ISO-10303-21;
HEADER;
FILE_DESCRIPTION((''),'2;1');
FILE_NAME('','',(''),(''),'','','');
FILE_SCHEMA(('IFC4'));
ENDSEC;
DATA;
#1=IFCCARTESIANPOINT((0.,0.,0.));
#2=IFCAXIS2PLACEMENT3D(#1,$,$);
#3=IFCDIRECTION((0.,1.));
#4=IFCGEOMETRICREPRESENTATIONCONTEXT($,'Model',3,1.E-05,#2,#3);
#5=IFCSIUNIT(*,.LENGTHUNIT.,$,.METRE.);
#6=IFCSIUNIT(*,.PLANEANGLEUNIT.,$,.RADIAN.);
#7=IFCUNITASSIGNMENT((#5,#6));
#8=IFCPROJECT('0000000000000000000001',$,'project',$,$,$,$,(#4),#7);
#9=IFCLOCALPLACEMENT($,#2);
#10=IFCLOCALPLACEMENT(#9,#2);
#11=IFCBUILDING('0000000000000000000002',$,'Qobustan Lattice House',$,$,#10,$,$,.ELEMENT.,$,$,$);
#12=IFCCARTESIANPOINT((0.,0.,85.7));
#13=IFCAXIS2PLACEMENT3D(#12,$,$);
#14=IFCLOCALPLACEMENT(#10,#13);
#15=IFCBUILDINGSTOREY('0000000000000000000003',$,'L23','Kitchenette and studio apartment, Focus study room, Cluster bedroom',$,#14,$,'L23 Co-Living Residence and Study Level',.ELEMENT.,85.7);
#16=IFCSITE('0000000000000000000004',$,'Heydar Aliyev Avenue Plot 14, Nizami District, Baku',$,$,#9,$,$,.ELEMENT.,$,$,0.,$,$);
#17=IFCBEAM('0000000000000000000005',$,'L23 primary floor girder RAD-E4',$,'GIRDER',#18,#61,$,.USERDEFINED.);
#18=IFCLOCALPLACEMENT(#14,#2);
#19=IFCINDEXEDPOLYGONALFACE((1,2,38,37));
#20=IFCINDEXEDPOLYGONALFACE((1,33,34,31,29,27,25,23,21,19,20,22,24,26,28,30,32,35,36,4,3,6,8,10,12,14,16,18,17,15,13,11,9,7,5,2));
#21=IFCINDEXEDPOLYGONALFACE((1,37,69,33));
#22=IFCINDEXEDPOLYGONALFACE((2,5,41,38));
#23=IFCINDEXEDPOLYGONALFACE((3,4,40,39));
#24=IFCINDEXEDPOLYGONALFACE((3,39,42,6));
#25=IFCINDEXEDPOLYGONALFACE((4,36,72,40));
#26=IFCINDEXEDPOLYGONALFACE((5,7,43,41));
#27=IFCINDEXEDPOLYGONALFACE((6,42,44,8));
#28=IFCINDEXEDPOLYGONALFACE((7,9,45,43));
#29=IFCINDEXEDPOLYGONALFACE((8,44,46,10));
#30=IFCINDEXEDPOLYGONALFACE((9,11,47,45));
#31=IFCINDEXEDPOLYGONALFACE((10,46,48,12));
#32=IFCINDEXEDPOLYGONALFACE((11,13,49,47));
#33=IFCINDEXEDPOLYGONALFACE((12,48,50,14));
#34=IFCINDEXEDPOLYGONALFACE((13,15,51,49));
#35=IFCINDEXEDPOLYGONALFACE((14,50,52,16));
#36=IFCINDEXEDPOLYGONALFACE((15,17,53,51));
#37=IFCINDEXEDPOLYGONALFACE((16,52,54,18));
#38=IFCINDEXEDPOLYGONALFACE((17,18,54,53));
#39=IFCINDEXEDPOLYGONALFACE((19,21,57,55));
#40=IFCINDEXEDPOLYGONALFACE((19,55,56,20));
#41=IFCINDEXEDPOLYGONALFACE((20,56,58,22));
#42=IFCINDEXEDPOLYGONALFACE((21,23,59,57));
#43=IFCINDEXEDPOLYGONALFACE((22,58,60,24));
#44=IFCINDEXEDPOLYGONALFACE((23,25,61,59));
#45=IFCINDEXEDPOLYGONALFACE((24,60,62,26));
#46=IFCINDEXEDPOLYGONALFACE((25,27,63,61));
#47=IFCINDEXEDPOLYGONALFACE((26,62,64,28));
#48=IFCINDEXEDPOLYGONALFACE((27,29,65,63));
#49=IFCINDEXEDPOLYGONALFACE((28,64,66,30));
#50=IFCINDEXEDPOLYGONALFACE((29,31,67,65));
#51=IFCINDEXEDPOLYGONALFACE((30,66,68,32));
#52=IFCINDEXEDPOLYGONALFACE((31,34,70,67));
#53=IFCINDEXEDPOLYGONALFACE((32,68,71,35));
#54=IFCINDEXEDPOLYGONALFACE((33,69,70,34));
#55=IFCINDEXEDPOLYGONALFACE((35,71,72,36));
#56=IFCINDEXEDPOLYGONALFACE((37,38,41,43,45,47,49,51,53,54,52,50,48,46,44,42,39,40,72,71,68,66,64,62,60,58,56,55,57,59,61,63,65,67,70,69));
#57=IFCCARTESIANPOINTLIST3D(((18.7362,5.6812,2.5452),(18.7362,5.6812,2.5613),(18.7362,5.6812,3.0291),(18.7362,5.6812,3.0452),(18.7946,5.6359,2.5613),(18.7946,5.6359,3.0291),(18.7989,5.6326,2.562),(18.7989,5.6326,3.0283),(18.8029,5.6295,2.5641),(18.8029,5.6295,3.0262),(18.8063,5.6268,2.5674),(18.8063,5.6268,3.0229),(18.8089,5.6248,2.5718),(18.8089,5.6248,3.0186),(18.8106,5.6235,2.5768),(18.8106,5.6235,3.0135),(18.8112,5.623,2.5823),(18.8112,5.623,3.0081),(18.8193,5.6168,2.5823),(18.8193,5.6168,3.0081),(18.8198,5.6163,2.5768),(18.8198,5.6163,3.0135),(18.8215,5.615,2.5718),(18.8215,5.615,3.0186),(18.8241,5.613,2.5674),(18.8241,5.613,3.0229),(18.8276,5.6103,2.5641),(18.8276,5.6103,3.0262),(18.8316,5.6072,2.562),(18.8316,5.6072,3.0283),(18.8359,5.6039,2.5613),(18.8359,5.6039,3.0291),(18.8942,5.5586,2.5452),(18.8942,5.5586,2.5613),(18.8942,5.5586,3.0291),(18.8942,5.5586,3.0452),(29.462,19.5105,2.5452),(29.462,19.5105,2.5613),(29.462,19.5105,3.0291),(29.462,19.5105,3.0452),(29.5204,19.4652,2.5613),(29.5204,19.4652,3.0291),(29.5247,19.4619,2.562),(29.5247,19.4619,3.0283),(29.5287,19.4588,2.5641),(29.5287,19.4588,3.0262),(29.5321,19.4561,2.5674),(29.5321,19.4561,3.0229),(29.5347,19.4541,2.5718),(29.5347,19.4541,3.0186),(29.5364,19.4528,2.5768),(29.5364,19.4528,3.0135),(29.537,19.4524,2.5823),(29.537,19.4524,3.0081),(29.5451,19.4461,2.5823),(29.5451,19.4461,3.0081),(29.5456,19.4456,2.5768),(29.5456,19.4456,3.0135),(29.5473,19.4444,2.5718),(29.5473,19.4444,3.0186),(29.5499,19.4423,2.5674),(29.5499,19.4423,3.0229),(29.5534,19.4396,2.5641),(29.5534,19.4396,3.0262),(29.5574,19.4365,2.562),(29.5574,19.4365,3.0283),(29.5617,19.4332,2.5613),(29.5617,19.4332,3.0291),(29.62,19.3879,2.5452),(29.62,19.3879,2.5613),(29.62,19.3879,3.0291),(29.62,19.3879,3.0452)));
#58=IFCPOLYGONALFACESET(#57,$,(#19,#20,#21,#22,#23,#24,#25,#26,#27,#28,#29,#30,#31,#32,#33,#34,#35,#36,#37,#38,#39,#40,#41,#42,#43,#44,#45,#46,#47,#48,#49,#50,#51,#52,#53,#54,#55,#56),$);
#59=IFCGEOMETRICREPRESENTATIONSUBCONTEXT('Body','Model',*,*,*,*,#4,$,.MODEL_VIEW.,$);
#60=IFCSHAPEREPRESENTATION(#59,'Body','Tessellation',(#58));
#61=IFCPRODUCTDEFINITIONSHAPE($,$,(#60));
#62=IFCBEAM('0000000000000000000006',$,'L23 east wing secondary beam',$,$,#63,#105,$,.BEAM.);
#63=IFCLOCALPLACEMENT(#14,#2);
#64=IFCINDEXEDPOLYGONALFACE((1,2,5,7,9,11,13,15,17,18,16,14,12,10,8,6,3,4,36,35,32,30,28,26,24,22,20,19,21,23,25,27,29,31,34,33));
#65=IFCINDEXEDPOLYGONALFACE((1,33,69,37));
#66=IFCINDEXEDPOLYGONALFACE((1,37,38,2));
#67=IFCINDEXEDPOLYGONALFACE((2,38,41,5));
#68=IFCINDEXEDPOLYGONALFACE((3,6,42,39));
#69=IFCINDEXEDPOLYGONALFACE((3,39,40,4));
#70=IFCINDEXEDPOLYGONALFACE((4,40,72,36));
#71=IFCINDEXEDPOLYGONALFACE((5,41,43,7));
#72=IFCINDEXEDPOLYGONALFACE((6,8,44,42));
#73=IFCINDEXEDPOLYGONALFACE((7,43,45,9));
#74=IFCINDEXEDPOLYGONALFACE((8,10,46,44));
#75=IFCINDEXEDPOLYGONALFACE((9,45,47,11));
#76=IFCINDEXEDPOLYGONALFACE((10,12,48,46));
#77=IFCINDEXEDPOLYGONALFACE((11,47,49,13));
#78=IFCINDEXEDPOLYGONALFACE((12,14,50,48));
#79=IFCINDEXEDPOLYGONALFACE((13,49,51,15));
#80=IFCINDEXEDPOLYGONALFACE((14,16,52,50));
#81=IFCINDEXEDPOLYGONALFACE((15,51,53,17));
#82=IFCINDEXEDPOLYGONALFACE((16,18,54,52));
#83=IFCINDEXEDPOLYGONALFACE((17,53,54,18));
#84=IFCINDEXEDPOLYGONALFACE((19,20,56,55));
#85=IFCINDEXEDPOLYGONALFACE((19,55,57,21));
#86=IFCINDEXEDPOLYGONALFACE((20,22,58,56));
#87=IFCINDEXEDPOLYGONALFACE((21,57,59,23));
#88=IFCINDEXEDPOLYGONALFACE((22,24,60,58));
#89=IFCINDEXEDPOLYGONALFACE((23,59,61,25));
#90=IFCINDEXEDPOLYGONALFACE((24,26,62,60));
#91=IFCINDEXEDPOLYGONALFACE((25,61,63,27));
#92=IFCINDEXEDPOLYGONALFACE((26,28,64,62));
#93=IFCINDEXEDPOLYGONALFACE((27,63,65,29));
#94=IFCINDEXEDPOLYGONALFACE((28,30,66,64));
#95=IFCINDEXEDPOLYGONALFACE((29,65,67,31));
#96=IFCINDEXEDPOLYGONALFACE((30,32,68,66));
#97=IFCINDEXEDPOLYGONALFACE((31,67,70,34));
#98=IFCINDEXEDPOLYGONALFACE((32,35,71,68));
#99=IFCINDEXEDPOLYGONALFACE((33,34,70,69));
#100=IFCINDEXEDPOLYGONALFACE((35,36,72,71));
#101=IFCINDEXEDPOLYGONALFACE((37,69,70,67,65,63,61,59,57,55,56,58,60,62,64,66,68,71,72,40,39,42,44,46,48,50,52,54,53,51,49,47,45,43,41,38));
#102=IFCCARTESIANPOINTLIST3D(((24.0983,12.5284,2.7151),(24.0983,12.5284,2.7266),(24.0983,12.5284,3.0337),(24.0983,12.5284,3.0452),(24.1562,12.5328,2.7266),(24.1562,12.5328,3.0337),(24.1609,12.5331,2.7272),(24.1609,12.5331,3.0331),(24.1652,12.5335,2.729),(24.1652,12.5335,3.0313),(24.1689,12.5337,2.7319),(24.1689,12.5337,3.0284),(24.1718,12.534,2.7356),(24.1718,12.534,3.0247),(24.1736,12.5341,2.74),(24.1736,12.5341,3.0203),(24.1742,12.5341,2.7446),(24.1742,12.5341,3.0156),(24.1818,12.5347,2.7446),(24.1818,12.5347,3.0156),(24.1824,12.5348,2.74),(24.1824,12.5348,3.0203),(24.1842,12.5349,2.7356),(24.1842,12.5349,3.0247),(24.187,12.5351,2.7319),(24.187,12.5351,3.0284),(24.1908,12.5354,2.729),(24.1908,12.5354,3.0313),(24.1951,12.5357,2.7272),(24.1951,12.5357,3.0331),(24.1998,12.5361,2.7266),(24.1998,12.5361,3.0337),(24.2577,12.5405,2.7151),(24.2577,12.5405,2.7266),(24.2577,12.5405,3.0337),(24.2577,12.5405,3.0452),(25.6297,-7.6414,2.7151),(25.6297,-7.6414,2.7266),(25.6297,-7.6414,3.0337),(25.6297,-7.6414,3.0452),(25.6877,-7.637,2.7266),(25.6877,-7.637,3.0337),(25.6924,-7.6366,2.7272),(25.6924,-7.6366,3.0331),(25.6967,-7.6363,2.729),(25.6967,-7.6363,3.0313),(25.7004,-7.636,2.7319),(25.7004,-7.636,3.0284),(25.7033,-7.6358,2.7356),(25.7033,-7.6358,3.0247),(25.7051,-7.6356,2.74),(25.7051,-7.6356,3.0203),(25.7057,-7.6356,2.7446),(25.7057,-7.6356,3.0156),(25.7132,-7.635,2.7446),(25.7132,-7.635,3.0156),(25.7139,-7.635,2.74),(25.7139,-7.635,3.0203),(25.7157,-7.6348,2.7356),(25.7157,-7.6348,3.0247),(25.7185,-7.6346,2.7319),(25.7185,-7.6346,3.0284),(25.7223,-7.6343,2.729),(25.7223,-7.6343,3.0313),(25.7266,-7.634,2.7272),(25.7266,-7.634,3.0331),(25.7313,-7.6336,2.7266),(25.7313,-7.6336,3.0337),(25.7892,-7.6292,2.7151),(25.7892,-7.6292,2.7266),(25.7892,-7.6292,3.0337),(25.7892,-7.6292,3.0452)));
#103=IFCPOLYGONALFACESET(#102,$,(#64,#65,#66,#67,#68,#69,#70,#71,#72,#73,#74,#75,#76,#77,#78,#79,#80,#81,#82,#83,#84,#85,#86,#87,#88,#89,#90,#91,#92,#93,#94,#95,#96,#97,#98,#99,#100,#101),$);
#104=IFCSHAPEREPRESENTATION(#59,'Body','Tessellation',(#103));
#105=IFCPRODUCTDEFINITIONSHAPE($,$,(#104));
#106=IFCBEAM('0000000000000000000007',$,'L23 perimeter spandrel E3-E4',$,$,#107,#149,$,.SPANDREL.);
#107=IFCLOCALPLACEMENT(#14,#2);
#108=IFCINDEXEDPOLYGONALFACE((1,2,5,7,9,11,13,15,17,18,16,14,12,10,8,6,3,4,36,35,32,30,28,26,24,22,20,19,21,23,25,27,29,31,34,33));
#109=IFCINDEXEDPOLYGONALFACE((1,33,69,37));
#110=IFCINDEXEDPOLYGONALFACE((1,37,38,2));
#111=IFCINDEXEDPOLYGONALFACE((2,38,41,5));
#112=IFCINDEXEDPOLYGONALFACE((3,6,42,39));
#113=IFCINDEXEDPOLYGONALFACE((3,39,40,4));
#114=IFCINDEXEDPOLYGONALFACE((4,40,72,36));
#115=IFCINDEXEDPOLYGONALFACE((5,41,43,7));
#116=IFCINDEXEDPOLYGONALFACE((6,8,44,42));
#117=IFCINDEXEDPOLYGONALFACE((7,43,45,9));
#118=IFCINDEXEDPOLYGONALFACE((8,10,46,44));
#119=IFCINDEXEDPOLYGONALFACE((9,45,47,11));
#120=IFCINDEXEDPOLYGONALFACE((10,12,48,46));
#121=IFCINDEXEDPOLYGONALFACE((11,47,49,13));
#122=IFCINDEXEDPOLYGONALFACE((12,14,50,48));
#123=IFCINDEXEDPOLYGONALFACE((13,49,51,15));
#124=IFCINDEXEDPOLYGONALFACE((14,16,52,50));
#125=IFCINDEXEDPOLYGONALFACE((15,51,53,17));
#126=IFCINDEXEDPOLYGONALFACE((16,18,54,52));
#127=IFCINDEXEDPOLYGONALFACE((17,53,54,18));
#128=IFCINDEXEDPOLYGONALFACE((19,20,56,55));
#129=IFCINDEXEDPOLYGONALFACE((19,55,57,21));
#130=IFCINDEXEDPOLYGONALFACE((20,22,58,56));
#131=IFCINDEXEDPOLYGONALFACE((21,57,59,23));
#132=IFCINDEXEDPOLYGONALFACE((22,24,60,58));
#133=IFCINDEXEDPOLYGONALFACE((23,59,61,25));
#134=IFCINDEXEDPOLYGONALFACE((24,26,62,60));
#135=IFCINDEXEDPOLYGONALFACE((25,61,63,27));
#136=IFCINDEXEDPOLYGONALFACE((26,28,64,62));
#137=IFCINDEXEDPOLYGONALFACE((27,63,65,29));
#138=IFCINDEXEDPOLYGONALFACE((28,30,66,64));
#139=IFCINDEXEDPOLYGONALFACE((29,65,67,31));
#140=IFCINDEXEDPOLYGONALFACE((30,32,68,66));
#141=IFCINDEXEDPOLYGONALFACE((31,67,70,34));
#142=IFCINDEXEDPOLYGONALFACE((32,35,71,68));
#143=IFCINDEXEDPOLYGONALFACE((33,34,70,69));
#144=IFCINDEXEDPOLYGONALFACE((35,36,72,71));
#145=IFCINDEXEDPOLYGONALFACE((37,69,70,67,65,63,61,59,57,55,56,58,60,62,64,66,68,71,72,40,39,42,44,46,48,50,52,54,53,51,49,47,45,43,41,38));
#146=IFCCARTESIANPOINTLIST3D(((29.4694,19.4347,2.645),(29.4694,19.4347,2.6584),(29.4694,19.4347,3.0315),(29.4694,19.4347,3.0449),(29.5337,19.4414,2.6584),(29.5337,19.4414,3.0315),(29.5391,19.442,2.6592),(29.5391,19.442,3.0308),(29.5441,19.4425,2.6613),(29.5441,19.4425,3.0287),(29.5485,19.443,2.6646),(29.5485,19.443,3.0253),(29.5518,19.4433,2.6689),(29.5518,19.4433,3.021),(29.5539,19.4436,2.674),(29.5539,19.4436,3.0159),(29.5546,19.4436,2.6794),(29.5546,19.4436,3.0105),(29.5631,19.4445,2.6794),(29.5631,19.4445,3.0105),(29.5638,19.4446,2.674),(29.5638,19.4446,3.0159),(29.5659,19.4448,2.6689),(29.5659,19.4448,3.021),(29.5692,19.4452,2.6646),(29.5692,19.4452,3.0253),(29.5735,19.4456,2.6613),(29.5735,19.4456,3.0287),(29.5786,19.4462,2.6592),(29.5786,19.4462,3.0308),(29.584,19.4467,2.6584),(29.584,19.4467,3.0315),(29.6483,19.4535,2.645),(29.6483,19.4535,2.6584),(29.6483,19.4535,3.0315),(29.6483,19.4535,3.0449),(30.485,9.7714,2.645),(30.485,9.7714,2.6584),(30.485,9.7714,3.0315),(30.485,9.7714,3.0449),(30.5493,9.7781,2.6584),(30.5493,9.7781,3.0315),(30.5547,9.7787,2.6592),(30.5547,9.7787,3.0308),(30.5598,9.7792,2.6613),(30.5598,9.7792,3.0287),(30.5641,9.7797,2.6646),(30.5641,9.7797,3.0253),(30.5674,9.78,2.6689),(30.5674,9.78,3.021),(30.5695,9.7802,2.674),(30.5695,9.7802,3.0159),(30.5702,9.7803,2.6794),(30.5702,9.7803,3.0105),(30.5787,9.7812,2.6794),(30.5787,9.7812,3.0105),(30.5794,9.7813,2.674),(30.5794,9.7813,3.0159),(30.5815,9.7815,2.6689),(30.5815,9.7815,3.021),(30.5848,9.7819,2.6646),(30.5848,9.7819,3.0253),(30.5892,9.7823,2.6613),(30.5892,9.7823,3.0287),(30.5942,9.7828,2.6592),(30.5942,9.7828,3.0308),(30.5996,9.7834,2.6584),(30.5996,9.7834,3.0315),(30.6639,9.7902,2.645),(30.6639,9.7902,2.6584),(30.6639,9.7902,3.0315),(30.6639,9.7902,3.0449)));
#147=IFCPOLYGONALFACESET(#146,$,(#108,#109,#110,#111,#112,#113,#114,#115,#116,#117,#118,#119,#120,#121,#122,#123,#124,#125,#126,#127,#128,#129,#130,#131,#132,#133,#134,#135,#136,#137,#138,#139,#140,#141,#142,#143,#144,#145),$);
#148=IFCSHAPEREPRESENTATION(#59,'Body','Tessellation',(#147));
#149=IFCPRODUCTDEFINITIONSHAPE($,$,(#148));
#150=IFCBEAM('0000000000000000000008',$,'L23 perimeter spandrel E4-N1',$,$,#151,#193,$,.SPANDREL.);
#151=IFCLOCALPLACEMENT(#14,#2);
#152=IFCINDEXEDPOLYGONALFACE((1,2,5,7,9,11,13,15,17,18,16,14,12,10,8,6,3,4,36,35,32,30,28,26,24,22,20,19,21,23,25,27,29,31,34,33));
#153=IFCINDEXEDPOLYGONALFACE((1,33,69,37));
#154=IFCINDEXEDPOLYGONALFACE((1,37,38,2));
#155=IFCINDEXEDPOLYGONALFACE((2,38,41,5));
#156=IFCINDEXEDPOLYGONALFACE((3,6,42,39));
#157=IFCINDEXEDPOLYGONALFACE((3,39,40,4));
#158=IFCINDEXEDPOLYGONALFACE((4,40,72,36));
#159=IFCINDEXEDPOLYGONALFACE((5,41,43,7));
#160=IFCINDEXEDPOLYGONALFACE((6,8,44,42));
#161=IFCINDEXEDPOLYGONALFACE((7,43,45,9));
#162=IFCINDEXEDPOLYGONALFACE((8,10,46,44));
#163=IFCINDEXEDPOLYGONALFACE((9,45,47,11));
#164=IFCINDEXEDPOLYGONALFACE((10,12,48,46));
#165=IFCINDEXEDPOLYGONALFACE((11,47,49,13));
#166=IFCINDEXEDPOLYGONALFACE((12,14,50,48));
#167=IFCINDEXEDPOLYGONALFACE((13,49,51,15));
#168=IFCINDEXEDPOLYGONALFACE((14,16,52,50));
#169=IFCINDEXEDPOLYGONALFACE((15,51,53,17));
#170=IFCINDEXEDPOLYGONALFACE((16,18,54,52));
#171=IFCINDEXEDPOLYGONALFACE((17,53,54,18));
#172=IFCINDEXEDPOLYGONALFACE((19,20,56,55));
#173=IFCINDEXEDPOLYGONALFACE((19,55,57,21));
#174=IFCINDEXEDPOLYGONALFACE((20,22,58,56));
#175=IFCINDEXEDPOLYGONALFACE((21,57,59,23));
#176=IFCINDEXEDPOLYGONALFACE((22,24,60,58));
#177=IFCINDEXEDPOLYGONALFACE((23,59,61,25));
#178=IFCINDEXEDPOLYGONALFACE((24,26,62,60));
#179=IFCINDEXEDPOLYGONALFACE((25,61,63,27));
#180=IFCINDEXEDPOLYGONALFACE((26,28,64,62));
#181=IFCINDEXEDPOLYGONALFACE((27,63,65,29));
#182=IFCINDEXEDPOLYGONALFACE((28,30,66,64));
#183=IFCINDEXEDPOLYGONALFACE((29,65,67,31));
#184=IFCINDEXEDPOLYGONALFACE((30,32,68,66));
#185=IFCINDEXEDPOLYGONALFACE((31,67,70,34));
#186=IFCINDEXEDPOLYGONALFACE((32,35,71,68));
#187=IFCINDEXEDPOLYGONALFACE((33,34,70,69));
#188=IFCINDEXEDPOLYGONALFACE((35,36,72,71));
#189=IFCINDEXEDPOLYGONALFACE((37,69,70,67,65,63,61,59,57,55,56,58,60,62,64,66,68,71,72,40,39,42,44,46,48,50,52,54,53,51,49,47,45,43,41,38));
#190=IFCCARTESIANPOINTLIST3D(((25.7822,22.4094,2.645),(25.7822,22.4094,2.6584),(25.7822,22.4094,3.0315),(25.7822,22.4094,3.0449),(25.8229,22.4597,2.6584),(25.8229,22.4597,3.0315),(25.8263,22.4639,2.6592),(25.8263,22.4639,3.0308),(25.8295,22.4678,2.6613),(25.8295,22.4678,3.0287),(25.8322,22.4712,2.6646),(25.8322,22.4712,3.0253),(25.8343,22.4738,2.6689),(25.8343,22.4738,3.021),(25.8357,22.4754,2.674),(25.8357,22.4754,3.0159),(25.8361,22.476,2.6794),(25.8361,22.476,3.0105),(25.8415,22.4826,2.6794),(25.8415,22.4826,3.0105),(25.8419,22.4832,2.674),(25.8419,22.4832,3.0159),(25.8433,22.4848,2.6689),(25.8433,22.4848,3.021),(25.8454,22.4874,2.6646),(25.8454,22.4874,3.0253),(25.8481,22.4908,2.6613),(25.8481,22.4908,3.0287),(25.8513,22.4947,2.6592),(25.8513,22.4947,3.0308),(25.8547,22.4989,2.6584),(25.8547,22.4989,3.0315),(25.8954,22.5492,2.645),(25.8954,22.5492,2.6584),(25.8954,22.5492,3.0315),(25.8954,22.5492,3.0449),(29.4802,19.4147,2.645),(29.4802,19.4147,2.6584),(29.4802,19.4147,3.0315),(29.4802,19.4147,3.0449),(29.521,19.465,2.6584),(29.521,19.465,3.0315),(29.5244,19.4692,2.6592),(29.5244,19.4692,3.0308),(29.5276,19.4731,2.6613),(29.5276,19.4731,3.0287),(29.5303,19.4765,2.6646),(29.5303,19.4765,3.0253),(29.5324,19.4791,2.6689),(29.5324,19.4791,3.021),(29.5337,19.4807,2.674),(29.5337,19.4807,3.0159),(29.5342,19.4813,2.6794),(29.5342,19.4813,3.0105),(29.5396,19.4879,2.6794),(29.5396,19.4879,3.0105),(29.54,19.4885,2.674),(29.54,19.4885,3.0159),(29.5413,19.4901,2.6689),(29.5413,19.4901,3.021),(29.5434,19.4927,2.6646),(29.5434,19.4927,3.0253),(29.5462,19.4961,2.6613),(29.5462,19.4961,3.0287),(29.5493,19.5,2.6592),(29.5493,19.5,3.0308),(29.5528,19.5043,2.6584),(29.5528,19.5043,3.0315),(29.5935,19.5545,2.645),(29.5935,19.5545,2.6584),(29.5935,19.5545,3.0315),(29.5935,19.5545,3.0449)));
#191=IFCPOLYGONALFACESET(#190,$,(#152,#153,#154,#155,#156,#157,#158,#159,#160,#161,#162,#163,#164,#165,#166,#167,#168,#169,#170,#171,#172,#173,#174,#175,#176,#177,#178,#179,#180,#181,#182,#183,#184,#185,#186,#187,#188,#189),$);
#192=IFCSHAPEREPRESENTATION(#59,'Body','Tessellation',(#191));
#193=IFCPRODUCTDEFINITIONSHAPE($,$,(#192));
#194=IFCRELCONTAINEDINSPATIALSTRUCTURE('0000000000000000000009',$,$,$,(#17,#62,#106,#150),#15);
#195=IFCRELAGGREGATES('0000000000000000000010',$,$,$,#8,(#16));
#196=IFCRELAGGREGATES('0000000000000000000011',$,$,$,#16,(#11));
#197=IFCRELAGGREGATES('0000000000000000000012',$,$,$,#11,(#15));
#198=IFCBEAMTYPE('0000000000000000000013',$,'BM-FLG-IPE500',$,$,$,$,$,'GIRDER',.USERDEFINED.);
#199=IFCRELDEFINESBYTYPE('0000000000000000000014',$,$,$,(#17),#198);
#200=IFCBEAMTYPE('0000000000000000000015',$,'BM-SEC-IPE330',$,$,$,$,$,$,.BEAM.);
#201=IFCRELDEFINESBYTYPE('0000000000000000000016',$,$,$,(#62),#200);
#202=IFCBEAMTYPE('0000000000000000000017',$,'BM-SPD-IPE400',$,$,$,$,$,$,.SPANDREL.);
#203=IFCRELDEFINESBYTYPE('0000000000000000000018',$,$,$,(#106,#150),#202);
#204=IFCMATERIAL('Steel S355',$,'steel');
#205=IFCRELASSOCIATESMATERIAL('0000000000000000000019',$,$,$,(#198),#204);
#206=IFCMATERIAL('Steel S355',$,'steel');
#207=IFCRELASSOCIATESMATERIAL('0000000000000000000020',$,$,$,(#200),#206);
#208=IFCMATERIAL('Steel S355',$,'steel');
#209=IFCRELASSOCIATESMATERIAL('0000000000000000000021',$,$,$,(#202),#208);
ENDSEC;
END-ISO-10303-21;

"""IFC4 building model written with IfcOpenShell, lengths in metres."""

from ifc_helpers import new_model, si_unit, direction, frame, origin, origin_2d, place, context, subcontext, project, spatial, i_section, extrude, material, material_profile, profile_set, type_object, element, save


model = new_model("IFC4")

# Units and contexts
model_context = context("Model", 3, precision=1e-05, world=origin(), true_north=direction((0.0, 1.0)))
body_context = subcontext(model_context, "Body", "Model", "MODEL_VIEW")
ifc_project = project(units=[si_unit("LENGTHUNIT", "METRE"), si_unit("PLANEANGLEUNIT", "RADIAN")], contexts=[model_context])

# Site, building, storey
site_placement = place(None, origin())
site = spatial("IfcSite", under=ifc_project, at=site_placement, Name="Heydar Aliyev Avenue Plot 14, Nizami District, Baku", CompositionType="ELEMENT", RefElevation=0.0)
building_placement = place(site_placement, origin())
building = spatial("IfcBuilding", under=site, at=building_placement, Name="Qobustan Lattice House", CompositionType="ELEMENT")
storey_placement = place(building_placement, frame((0.0, 0.0, 85.7)))
storey = spatial("IfcBuildingStorey", under=building, at=storey_placement, Name="L23", Description="Kitchenette and studio apartment, Focus study room, Cluster bedroom", LongName="L23 Co-Living Residence and Study Level", CompositionType="ELEMENT", Elevation=85.7)

# Beams
ifc_material_1 = material(Name="Steel S355", Category="steel")
ifc_material_profile_1 = material_profile(ifc_material_1, i_section(OverallWidth=0.2, OverallDepth=0.5, WebThickness=0.0103, FlangeThickness=0.0161, FilletRadius=0.021, at=origin_2d()), Name="IPE500")
ifc_profile_set_1 = profile_set([ifc_material_profile_1], Name="Steel S355")
beam_type_1 = type_object("IfcBeamType", Name="BM-FLG-IPE500", ElementType="GIRDER", PredefinedType="USERDEFINED", material=ifc_profile_set_1)
beam_1_placement = place(storey_placement, frame((29.541, 19.4492, 2.7952), z_axis=(-0.61286, -0.790191, 0.0), x_axis=(0.790191, -0.61286, 0.0)))
element("IfcBeam", 1, at=beam_1_placement, inside=storey, type_object=beam_type_1, Name="L23 primary floor girder RAD-E4", ObjectType="GIRDER", PredefinedType="USERDEFINED", context=body_context, shape_type="SweptSolid", body=[
    extrude(i_section(OverallWidth=0.2, OverallDepth=0.5, WebThickness=0.0103, FlangeThickness=0.0161, FilletRadius=0.021, at=origin_2d()), origin(), (0.0, 0.0, 1.0), 17.5012),
])
ifc_material_2 = material(Name="Steel S355", Category="steel")
ifc_material_profile_2 = material_profile(ifc_material_2, i_section(OverallWidth=0.1599, OverallDepth=0.3301, WebThickness=0.0076, FlangeThickness=0.0115, FilletRadius=0.0181, at=origin_2d()), Name="IPE330")
ifc_profile_set_2 = profile_set([ifc_material_profile_2], Name="Steel S355")
beam_type_2 = type_object("IfcBeamType", Name="BM-SEC-IPE330", PredefinedType="BEAM", material=ifc_profile_set_2)
beam_2_placement = place(storey_placement, frame((24.178, 12.5344, 2.8801), z_axis=(0.075713, -0.99713, 0.0), x_axis=(0.99713, 0.075713, 0.0)))
element("IfcBeam", 2, at=beam_2_placement, inside=storey, type_object=beam_type_2, Name="L23 east wing secondary beam", PredefinedType="BEAM", context=body_context, shape_type="SweptSolid", body=[
    extrude(i_section(OverallWidth=0.1599, OverallDepth=0.3301, WebThickness=0.0076, FlangeThickness=0.0115, FilletRadius=0.0181, at=origin_2d()), origin(), (0.0, 0.0, 1.0), 20.2278),
])
ifc_material_3 = material(Name="Steel S355", Category="steel")
ifc_material_profile_3 = material_profile(ifc_material_3, i_section(OverallWidth=0.1799, OverallDepth=0.3999, WebThickness=0.0085, FlangeThickness=0.0134, FilletRadius=0.021, at=origin_2d()), Name="IPE400")
ifc_profile_set_3 = profile_set([ifc_material_profile_3], Name="Steel S355")
beam_type_3 = type_object("IfcBeamType", Name="BM-SPD-IPE400", PredefinedType="SPANDREL", material=ifc_profile_set_3)
beam_3_placement = place(storey_placement, frame((30.5745, 9.7808, 2.845), z_axis=(-0.104525, 0.994522, 0.0), x_axis=(-0.994522, -0.104525, 0.0)))
element("IfcBeam", 3, at=beam_3_placement, inside=storey, type_object=beam_type_3, Name="L23 perimeter spandrel E3-E4", PredefinedType="SPANDREL", context=body_context, shape_type="SweptSolid", body=[
    extrude(i_section(OverallWidth=0.1799, OverallDepth=0.3999, WebThickness=0.0085, FlangeThickness=0.0134, FilletRadius=0.021, at=origin_2d()), origin(), (0.0, 0.0, 1.0), 9.7166),
])
beam_4_placement = place(storey_placement, frame((29.5369, 19.4846, 2.845), z_axis=(-0.777141, 0.629327, 0.0), x_axis=(-0.629327, -0.777141, 0.0)))
element("IfcBeam", 4, at=beam_4_placement, inside=storey, type_object=beam_type_3, Name="L23 perimeter spandrel E4-N1", PredefinedType="SPANDREL", context=body_context, shape_type="SweptSolid", body=[
    extrude(i_section(OverallWidth=0.1799, OverallDepth=0.3999, WebThickness=0.0085, FlangeThickness=0.0134, FilletRadius=0.021, at=origin_2d()), origin(), (0.0, 0.0, 1.0), 4.7585),
])

save(model, "model.ifc")
